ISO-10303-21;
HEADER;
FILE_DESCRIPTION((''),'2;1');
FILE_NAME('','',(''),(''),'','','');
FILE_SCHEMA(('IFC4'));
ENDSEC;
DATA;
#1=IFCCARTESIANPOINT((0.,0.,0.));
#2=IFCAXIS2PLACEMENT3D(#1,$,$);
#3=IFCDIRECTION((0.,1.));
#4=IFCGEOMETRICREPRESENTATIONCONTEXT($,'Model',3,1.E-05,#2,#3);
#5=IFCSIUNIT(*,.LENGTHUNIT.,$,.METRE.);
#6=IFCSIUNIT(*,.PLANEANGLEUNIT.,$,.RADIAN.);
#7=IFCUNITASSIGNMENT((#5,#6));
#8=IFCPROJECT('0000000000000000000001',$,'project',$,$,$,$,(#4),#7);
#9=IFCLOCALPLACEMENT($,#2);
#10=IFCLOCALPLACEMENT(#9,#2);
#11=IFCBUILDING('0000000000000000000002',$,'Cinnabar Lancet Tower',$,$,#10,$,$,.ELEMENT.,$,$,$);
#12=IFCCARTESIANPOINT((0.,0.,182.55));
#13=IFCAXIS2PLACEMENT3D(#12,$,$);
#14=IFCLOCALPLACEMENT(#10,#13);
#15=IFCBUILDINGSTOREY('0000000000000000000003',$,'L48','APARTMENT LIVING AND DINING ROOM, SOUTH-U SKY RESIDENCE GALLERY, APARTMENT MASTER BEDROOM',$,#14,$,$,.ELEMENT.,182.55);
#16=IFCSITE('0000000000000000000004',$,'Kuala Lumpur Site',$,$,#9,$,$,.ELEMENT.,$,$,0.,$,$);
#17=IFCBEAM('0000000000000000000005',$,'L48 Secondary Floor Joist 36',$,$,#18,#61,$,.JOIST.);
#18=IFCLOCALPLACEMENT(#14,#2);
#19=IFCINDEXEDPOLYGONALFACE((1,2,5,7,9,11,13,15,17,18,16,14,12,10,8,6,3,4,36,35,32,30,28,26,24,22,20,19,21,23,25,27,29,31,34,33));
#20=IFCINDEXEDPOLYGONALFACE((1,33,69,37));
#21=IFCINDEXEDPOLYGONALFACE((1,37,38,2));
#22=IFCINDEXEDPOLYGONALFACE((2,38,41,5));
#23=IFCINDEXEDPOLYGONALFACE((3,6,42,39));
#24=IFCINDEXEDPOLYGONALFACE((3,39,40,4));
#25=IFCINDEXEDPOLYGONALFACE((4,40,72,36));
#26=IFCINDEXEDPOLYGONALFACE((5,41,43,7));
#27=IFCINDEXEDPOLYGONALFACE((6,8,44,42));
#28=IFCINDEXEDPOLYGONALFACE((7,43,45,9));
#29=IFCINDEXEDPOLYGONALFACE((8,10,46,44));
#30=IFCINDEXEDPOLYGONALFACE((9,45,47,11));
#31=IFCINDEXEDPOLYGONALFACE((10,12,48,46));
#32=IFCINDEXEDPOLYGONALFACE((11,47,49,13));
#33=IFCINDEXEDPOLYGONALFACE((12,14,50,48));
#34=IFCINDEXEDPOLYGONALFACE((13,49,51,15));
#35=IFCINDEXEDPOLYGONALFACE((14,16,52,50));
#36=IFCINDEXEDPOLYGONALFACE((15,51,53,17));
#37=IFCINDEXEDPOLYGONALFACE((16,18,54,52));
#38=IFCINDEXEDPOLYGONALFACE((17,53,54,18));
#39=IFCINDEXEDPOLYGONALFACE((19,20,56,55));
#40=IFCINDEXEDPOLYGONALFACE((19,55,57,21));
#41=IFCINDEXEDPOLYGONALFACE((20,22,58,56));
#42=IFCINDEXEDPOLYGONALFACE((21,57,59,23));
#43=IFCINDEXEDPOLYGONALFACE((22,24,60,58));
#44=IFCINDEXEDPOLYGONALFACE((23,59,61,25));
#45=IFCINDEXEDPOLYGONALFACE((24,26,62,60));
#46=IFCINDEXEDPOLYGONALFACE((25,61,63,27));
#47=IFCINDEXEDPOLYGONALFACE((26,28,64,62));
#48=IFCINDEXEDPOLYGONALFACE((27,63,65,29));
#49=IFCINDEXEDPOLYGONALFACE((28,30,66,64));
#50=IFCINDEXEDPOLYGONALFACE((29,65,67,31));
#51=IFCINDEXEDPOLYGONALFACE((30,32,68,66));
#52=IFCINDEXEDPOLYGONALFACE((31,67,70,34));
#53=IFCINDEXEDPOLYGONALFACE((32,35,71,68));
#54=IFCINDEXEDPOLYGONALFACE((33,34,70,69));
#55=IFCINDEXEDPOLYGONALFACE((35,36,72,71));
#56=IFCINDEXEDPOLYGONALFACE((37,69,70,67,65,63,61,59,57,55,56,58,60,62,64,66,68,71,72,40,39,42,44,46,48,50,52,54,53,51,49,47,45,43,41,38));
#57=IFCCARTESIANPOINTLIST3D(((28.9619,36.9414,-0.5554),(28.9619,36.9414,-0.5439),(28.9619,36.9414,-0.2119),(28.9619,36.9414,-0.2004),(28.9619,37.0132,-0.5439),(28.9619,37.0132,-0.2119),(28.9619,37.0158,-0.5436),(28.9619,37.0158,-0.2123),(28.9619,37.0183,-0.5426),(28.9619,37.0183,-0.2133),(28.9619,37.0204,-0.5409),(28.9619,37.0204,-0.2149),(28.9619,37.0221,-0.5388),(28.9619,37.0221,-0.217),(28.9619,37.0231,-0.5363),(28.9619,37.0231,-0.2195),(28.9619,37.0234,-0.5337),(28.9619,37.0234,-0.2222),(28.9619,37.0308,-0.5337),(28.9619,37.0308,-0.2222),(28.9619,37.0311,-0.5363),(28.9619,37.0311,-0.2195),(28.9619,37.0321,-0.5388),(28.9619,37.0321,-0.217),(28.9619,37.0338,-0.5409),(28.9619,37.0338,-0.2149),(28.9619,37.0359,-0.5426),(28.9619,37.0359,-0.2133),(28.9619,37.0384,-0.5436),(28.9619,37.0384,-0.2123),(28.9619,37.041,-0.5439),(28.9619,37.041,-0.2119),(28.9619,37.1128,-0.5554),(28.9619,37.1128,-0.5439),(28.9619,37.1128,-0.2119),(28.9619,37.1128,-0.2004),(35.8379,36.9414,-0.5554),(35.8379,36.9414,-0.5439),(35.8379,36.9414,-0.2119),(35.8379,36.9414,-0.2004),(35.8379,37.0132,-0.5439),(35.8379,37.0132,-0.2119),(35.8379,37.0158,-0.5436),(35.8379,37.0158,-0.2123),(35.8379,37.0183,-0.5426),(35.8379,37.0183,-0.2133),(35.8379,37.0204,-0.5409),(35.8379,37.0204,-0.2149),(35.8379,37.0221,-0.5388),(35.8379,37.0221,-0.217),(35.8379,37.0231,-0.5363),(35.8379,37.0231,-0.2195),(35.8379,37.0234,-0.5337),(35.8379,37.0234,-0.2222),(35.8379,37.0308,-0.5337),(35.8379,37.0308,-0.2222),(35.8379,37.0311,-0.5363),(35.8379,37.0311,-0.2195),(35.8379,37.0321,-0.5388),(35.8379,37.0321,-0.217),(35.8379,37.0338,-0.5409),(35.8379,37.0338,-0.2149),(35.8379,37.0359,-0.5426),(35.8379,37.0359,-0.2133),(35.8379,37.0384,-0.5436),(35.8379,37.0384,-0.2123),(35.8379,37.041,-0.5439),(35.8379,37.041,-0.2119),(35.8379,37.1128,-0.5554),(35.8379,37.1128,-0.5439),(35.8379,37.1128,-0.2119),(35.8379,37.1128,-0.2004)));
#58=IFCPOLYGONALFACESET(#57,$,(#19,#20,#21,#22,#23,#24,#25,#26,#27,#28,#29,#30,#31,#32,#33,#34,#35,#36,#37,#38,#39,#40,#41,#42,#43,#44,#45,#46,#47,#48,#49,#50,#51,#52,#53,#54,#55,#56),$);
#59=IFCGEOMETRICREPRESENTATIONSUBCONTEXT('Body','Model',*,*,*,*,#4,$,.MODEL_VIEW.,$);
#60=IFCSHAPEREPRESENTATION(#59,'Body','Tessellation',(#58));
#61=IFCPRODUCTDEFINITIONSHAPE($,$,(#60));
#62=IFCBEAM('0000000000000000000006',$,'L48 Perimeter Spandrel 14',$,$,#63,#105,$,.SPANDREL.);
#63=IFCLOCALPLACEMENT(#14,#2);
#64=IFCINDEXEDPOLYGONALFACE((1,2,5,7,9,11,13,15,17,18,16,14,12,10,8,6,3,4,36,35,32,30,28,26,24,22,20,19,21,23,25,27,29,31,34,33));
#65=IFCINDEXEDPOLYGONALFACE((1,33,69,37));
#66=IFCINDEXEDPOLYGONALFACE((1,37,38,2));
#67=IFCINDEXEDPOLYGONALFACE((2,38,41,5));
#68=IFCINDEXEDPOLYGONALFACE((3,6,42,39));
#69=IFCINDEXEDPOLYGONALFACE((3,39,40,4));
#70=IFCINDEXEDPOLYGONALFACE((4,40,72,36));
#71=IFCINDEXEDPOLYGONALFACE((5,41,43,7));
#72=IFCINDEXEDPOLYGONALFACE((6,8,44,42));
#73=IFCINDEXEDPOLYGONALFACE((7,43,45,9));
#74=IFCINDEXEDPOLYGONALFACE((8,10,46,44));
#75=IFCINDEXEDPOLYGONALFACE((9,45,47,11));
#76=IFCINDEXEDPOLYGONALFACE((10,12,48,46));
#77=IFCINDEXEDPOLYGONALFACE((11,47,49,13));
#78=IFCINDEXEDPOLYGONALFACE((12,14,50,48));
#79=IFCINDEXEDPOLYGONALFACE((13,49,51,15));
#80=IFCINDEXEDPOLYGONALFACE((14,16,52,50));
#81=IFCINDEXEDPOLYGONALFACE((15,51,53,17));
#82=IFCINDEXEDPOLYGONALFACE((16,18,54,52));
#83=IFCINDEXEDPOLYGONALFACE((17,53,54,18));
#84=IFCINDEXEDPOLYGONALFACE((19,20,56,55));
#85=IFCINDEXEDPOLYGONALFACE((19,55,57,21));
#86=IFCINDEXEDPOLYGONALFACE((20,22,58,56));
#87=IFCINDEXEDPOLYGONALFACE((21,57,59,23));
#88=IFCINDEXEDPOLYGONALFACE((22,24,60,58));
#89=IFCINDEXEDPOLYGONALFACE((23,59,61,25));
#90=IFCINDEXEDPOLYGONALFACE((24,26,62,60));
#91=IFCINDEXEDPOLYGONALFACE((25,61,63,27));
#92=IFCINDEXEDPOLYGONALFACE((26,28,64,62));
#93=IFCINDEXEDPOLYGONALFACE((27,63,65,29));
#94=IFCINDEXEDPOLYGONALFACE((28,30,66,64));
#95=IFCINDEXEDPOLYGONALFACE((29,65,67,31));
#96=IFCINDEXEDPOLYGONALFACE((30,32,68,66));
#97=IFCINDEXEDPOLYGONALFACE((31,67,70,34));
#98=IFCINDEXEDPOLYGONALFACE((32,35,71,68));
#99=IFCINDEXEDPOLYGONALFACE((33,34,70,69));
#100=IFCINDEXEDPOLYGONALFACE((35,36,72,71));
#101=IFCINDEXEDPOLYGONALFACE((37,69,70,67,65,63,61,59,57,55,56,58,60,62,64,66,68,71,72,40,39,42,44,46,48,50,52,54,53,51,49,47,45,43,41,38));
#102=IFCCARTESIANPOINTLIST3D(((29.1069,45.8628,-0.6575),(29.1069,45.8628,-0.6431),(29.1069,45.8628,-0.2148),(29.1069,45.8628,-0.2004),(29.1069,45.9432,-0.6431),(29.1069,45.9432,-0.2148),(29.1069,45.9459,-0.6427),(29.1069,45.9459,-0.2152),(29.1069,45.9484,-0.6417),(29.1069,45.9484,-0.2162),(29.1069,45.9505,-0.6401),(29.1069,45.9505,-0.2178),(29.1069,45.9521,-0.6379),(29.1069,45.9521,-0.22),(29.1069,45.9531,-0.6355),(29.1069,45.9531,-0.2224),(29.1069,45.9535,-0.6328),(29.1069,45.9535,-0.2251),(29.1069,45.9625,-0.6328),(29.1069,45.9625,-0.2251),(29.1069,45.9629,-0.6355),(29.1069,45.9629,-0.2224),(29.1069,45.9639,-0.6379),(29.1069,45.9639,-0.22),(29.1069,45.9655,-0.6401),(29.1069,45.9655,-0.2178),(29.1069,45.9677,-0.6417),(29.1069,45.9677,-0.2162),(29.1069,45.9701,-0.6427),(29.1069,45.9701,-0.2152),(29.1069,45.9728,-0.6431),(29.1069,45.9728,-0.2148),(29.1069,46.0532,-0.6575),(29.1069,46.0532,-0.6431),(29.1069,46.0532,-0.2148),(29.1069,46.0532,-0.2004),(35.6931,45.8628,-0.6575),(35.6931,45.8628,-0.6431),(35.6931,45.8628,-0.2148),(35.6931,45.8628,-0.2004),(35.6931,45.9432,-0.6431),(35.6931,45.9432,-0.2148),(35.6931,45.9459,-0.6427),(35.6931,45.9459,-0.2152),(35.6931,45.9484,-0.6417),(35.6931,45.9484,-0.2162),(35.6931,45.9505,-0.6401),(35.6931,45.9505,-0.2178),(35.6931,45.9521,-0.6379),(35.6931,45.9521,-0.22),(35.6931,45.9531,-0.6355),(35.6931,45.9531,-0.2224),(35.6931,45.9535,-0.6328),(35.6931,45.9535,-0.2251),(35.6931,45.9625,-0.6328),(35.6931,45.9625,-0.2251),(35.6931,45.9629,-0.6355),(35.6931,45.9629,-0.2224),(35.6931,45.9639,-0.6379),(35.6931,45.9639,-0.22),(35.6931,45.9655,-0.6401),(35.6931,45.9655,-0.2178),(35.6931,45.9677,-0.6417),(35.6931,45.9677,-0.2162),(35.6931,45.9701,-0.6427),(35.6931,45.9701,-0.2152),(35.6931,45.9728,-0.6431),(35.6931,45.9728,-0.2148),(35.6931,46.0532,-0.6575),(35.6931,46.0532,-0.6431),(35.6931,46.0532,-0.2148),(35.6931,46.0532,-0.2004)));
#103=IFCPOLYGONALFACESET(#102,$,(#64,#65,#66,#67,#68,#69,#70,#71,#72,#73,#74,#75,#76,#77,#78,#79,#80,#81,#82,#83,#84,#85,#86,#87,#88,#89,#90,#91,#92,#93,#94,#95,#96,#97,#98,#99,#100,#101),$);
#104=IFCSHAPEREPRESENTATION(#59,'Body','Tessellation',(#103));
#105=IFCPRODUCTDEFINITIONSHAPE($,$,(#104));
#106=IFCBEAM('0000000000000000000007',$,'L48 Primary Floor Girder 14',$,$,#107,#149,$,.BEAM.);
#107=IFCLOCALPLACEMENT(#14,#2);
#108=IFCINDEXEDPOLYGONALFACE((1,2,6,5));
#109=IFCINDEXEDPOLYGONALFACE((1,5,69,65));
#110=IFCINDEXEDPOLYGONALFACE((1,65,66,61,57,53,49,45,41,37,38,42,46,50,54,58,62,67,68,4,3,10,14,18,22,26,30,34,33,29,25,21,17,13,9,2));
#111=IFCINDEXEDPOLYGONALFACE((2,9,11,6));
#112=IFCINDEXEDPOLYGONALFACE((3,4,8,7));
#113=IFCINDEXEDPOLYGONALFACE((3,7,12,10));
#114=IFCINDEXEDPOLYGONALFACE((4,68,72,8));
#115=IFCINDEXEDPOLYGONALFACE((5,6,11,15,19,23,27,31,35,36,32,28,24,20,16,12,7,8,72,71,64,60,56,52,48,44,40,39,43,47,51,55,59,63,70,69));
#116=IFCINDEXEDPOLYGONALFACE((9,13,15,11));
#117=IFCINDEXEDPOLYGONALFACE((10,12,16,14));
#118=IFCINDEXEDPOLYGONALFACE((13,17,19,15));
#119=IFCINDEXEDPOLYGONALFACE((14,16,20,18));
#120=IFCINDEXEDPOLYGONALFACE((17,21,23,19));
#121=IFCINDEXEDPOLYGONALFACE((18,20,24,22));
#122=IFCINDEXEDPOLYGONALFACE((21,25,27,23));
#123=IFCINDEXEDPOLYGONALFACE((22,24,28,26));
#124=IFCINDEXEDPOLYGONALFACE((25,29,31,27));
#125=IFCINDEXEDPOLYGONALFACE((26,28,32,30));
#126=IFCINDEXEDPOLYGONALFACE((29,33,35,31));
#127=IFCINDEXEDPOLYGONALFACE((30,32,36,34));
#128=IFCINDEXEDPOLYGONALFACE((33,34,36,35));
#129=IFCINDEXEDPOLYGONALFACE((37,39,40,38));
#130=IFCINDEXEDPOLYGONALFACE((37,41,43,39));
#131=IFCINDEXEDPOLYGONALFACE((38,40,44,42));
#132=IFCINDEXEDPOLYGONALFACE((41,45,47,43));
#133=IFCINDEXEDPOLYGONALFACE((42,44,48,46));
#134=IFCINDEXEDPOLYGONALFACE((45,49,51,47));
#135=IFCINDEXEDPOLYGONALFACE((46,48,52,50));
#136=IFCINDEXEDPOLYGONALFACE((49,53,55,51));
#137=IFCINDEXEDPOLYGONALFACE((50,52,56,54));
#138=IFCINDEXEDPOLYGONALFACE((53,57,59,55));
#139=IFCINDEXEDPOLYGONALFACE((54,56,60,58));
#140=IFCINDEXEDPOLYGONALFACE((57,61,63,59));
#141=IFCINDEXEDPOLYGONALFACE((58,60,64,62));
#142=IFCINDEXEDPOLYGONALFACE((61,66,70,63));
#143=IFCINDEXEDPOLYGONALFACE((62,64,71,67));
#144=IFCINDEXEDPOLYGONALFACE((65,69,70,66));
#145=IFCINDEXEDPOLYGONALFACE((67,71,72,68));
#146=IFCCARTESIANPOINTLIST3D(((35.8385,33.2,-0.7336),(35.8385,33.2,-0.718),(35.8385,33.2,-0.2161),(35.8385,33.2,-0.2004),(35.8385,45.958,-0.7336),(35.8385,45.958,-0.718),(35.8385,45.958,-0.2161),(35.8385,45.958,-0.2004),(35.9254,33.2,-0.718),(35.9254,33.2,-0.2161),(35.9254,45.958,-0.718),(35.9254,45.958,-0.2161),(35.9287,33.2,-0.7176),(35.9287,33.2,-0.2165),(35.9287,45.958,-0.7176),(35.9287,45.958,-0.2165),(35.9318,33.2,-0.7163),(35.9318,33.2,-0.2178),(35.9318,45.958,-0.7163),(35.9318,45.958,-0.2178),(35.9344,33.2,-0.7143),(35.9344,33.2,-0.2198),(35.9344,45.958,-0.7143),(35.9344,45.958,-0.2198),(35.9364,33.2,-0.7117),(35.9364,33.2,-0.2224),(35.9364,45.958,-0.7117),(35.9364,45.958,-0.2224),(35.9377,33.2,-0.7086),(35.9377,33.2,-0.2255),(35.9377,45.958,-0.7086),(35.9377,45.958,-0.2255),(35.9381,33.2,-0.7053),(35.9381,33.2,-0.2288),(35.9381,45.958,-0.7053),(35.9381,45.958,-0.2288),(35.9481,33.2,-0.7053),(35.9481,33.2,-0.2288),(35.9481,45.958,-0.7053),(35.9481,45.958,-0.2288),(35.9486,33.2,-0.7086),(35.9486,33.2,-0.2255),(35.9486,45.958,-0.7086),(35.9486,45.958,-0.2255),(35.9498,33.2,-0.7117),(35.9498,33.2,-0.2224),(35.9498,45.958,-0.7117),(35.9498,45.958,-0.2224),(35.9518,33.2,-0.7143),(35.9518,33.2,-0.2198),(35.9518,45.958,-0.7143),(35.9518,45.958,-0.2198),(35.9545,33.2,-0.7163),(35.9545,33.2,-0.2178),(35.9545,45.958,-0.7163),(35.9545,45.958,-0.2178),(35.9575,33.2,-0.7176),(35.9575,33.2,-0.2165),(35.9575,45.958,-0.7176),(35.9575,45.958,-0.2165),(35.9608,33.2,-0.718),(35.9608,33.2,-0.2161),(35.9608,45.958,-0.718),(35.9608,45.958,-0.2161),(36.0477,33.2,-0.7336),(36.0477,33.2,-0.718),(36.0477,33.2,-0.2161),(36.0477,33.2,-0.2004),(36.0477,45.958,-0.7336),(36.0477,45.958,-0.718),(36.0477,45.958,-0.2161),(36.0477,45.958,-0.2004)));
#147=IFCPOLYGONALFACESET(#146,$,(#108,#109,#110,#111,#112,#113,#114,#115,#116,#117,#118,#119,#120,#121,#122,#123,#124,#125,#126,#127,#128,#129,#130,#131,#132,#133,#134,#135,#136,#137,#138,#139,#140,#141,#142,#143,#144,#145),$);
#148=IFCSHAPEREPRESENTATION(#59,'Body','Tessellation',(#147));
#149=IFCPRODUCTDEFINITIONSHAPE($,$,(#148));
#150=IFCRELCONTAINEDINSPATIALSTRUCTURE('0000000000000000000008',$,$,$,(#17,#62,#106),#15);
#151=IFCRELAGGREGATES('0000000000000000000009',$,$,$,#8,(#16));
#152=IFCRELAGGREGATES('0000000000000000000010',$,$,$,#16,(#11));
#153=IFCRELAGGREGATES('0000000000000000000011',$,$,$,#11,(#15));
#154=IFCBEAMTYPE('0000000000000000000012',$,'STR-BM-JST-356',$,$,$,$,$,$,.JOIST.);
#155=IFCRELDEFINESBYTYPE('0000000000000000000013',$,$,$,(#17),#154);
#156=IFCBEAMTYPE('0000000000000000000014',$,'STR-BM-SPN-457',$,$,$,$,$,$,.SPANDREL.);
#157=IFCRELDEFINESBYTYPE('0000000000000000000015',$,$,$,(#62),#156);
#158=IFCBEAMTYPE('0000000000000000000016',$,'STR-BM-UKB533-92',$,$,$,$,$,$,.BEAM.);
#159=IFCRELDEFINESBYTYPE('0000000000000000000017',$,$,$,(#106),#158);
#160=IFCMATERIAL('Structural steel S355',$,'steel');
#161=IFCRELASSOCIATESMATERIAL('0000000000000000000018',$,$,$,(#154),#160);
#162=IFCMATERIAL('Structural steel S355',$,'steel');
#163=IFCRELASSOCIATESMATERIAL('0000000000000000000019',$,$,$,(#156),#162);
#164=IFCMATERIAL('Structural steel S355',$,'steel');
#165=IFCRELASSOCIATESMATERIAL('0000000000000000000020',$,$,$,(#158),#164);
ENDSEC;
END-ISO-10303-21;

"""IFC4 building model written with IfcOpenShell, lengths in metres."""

from ifc_helpers import new_model, si_unit, direction, frame, origin, origin_2d, place, context, subcontext, project, spatial, i_section, extrude, material, material_profile, profile_set, type_object, element, save


model = new_model("IFC4")

# Units and contexts
model_context = context("Model", 3, precision=1e-05, world=origin(), true_north=direction((0.0, 1.0)))
body_context = subcontext(model_context, "Body", "Model", "MODEL_VIEW")
ifc_project = project(units=[si_unit("LENGTHUNIT", "METRE"), si_unit("PLANEANGLEUNIT", "RADIAN")], contexts=[model_context])

# Site, building, storey
site_placement = place(None, origin())
site = spatial("IfcSite", under=ifc_project, at=site_placement, Name="Kuala Lumpur Site", CompositionType="ELEMENT", RefElevation=0.0)
building_placement = place(site_placement, origin())
building = spatial("IfcBuilding", under=site, at=building_placement, Name="Cinnabar Lancet Tower", CompositionType="ELEMENT")
storey_placement = place(building_placement, frame((0.0, 0.0, 182.55)))
storey = spatial("IfcBuildingStorey", under=building, at=storey_placement, Name="L48", Description="APARTMENT LIVING AND DINING ROOM, SOUTH-U SKY RESIDENCE GALLERY, APARTMENT MASTER BEDROOM", CompositionType="ELEMENT", Elevation=182.55)

# Beams
ifc_material_1 = material(Name="Structural steel S355", Category="steel")
ifc_material_profile_1 = material_profile(ifc_material_1, i_section(OverallWidth=0.1714, OverallDepth=0.355, WebThickness=0.0073, FlangeThickness=0.0115, FilletRadius=0.0103, at=origin_2d()), Name="UKB 356x171x51")
ifc_profile_set_1 = profile_set([ifc_material_profile_1], Name="Structural steel S355")
beam_type_1 = type_object("IfcBeamType", Name="STR-BM-JST-356", PredefinedType="JOIST", material=ifc_profile_set_1)
for number, where, z_axis, x_axis, name in (
    (1, (35.8379, 37.0271, -0.3779), (-1.0, 0.0, 0.0), (0.0, -1.0, 0.0), "L48 Secondary Floor Joist 36"),
):
    element("IfcBeam", number, at=place(storey_placement, frame(where, z_axis=z_axis, x_axis=x_axis)), inside=storey, type_object=beam_type_1, Name=name, PredefinedType="JOIST", context=body_context, shape_type="SweptSolid", body=[
        extrude(i_section(OverallWidth=0.1714, OverallDepth=0.355, WebThickness=0.0073, FlangeThickness=0.0115, FilletRadius=0.0103, at=origin_2d()), origin(), (0.0, 0.0, 1.0), 6.876),
    ])
ifc_material_2 = material(Name="Structural steel S355", Category="steel")
ifc_material_profile_2 = material_profile(ifc_material_2, i_section(OverallWidth=0.1904, OverallDepth=0.457, WebThickness=0.009, FlangeThickness=0.0144, FilletRadius=0.0103, at=origin_2d()), Name="UKB 457x191x74")
ifc_profile_set_2 = profile_set([ifc_material_profile_2], Name="Structural steel S355")
beam_type_2 = type_object("IfcBeamType", Name="STR-BM-SPN-457", PredefinedType="SPANDREL", material=ifc_profile_set_2)
beam_1_placement = place(storey_placement, frame((35.6931, 45.958, -0.429), z_axis=(-1.0, 0.0, 0.0), x_axis=(0.0, -1.0, 0.0)))
element("IfcBeam", 2, at=beam_1_placement, inside=storey, type_object=beam_type_2, Name="L48 Perimeter Spandrel 14", PredefinedType="SPANDREL", context=body_context, shape_type="SweptSolid", body=[
    extrude(i_section(OverallWidth=0.1904, OverallDepth=0.457, WebThickness=0.009, FlangeThickness=0.0144, FilletRadius=0.0103, at=origin_2d()), origin(), (0.0, 0.0, 1.0), 6.5862),
])
ifc_material_3 = material(Name="Structural steel S355", Category="steel")
ifc_material_profile_3 = material_profile(ifc_material_3, i_section(OverallWidth=0.2092, OverallDepth=0.5332, WebThickness=0.01, FlangeThickness=0.0156, FilletRadius=0.0127, at=origin_2d()), Name="UKB 533x210x92")
ifc_profile_set_3 = profile_set([ifc_material_profile_3], Name="Structural steel S355")
beam_type_3 = type_object("IfcBeamType", Name="STR-BM-UKB533-92", PredefinedType="BEAM", material=ifc_profile_set_3)
beam_2_placement = place(storey_placement, frame((35.9431, 45.958, -0.467), z_axis=(0.0, -1.0, 0.0), x_axis=(1.0, 0.0, 0.0)))
element("IfcBeam", 3, at=beam_2_placement, inside=storey, type_object=beam_type_3, Name="L48 Primary Floor Girder 14", PredefinedType="BEAM", context=body_context, shape_type="SweptSolid", body=[
    extrude(i_section(OverallWidth=0.2092, OverallDepth=0.5332, WebThickness=0.01, FlangeThickness=0.0156, FilletRadius=0.0127, at=origin_2d()), origin(), (0.0, 0.0, 1.0), 12.7581),
])

save(model, "model.ifc")
